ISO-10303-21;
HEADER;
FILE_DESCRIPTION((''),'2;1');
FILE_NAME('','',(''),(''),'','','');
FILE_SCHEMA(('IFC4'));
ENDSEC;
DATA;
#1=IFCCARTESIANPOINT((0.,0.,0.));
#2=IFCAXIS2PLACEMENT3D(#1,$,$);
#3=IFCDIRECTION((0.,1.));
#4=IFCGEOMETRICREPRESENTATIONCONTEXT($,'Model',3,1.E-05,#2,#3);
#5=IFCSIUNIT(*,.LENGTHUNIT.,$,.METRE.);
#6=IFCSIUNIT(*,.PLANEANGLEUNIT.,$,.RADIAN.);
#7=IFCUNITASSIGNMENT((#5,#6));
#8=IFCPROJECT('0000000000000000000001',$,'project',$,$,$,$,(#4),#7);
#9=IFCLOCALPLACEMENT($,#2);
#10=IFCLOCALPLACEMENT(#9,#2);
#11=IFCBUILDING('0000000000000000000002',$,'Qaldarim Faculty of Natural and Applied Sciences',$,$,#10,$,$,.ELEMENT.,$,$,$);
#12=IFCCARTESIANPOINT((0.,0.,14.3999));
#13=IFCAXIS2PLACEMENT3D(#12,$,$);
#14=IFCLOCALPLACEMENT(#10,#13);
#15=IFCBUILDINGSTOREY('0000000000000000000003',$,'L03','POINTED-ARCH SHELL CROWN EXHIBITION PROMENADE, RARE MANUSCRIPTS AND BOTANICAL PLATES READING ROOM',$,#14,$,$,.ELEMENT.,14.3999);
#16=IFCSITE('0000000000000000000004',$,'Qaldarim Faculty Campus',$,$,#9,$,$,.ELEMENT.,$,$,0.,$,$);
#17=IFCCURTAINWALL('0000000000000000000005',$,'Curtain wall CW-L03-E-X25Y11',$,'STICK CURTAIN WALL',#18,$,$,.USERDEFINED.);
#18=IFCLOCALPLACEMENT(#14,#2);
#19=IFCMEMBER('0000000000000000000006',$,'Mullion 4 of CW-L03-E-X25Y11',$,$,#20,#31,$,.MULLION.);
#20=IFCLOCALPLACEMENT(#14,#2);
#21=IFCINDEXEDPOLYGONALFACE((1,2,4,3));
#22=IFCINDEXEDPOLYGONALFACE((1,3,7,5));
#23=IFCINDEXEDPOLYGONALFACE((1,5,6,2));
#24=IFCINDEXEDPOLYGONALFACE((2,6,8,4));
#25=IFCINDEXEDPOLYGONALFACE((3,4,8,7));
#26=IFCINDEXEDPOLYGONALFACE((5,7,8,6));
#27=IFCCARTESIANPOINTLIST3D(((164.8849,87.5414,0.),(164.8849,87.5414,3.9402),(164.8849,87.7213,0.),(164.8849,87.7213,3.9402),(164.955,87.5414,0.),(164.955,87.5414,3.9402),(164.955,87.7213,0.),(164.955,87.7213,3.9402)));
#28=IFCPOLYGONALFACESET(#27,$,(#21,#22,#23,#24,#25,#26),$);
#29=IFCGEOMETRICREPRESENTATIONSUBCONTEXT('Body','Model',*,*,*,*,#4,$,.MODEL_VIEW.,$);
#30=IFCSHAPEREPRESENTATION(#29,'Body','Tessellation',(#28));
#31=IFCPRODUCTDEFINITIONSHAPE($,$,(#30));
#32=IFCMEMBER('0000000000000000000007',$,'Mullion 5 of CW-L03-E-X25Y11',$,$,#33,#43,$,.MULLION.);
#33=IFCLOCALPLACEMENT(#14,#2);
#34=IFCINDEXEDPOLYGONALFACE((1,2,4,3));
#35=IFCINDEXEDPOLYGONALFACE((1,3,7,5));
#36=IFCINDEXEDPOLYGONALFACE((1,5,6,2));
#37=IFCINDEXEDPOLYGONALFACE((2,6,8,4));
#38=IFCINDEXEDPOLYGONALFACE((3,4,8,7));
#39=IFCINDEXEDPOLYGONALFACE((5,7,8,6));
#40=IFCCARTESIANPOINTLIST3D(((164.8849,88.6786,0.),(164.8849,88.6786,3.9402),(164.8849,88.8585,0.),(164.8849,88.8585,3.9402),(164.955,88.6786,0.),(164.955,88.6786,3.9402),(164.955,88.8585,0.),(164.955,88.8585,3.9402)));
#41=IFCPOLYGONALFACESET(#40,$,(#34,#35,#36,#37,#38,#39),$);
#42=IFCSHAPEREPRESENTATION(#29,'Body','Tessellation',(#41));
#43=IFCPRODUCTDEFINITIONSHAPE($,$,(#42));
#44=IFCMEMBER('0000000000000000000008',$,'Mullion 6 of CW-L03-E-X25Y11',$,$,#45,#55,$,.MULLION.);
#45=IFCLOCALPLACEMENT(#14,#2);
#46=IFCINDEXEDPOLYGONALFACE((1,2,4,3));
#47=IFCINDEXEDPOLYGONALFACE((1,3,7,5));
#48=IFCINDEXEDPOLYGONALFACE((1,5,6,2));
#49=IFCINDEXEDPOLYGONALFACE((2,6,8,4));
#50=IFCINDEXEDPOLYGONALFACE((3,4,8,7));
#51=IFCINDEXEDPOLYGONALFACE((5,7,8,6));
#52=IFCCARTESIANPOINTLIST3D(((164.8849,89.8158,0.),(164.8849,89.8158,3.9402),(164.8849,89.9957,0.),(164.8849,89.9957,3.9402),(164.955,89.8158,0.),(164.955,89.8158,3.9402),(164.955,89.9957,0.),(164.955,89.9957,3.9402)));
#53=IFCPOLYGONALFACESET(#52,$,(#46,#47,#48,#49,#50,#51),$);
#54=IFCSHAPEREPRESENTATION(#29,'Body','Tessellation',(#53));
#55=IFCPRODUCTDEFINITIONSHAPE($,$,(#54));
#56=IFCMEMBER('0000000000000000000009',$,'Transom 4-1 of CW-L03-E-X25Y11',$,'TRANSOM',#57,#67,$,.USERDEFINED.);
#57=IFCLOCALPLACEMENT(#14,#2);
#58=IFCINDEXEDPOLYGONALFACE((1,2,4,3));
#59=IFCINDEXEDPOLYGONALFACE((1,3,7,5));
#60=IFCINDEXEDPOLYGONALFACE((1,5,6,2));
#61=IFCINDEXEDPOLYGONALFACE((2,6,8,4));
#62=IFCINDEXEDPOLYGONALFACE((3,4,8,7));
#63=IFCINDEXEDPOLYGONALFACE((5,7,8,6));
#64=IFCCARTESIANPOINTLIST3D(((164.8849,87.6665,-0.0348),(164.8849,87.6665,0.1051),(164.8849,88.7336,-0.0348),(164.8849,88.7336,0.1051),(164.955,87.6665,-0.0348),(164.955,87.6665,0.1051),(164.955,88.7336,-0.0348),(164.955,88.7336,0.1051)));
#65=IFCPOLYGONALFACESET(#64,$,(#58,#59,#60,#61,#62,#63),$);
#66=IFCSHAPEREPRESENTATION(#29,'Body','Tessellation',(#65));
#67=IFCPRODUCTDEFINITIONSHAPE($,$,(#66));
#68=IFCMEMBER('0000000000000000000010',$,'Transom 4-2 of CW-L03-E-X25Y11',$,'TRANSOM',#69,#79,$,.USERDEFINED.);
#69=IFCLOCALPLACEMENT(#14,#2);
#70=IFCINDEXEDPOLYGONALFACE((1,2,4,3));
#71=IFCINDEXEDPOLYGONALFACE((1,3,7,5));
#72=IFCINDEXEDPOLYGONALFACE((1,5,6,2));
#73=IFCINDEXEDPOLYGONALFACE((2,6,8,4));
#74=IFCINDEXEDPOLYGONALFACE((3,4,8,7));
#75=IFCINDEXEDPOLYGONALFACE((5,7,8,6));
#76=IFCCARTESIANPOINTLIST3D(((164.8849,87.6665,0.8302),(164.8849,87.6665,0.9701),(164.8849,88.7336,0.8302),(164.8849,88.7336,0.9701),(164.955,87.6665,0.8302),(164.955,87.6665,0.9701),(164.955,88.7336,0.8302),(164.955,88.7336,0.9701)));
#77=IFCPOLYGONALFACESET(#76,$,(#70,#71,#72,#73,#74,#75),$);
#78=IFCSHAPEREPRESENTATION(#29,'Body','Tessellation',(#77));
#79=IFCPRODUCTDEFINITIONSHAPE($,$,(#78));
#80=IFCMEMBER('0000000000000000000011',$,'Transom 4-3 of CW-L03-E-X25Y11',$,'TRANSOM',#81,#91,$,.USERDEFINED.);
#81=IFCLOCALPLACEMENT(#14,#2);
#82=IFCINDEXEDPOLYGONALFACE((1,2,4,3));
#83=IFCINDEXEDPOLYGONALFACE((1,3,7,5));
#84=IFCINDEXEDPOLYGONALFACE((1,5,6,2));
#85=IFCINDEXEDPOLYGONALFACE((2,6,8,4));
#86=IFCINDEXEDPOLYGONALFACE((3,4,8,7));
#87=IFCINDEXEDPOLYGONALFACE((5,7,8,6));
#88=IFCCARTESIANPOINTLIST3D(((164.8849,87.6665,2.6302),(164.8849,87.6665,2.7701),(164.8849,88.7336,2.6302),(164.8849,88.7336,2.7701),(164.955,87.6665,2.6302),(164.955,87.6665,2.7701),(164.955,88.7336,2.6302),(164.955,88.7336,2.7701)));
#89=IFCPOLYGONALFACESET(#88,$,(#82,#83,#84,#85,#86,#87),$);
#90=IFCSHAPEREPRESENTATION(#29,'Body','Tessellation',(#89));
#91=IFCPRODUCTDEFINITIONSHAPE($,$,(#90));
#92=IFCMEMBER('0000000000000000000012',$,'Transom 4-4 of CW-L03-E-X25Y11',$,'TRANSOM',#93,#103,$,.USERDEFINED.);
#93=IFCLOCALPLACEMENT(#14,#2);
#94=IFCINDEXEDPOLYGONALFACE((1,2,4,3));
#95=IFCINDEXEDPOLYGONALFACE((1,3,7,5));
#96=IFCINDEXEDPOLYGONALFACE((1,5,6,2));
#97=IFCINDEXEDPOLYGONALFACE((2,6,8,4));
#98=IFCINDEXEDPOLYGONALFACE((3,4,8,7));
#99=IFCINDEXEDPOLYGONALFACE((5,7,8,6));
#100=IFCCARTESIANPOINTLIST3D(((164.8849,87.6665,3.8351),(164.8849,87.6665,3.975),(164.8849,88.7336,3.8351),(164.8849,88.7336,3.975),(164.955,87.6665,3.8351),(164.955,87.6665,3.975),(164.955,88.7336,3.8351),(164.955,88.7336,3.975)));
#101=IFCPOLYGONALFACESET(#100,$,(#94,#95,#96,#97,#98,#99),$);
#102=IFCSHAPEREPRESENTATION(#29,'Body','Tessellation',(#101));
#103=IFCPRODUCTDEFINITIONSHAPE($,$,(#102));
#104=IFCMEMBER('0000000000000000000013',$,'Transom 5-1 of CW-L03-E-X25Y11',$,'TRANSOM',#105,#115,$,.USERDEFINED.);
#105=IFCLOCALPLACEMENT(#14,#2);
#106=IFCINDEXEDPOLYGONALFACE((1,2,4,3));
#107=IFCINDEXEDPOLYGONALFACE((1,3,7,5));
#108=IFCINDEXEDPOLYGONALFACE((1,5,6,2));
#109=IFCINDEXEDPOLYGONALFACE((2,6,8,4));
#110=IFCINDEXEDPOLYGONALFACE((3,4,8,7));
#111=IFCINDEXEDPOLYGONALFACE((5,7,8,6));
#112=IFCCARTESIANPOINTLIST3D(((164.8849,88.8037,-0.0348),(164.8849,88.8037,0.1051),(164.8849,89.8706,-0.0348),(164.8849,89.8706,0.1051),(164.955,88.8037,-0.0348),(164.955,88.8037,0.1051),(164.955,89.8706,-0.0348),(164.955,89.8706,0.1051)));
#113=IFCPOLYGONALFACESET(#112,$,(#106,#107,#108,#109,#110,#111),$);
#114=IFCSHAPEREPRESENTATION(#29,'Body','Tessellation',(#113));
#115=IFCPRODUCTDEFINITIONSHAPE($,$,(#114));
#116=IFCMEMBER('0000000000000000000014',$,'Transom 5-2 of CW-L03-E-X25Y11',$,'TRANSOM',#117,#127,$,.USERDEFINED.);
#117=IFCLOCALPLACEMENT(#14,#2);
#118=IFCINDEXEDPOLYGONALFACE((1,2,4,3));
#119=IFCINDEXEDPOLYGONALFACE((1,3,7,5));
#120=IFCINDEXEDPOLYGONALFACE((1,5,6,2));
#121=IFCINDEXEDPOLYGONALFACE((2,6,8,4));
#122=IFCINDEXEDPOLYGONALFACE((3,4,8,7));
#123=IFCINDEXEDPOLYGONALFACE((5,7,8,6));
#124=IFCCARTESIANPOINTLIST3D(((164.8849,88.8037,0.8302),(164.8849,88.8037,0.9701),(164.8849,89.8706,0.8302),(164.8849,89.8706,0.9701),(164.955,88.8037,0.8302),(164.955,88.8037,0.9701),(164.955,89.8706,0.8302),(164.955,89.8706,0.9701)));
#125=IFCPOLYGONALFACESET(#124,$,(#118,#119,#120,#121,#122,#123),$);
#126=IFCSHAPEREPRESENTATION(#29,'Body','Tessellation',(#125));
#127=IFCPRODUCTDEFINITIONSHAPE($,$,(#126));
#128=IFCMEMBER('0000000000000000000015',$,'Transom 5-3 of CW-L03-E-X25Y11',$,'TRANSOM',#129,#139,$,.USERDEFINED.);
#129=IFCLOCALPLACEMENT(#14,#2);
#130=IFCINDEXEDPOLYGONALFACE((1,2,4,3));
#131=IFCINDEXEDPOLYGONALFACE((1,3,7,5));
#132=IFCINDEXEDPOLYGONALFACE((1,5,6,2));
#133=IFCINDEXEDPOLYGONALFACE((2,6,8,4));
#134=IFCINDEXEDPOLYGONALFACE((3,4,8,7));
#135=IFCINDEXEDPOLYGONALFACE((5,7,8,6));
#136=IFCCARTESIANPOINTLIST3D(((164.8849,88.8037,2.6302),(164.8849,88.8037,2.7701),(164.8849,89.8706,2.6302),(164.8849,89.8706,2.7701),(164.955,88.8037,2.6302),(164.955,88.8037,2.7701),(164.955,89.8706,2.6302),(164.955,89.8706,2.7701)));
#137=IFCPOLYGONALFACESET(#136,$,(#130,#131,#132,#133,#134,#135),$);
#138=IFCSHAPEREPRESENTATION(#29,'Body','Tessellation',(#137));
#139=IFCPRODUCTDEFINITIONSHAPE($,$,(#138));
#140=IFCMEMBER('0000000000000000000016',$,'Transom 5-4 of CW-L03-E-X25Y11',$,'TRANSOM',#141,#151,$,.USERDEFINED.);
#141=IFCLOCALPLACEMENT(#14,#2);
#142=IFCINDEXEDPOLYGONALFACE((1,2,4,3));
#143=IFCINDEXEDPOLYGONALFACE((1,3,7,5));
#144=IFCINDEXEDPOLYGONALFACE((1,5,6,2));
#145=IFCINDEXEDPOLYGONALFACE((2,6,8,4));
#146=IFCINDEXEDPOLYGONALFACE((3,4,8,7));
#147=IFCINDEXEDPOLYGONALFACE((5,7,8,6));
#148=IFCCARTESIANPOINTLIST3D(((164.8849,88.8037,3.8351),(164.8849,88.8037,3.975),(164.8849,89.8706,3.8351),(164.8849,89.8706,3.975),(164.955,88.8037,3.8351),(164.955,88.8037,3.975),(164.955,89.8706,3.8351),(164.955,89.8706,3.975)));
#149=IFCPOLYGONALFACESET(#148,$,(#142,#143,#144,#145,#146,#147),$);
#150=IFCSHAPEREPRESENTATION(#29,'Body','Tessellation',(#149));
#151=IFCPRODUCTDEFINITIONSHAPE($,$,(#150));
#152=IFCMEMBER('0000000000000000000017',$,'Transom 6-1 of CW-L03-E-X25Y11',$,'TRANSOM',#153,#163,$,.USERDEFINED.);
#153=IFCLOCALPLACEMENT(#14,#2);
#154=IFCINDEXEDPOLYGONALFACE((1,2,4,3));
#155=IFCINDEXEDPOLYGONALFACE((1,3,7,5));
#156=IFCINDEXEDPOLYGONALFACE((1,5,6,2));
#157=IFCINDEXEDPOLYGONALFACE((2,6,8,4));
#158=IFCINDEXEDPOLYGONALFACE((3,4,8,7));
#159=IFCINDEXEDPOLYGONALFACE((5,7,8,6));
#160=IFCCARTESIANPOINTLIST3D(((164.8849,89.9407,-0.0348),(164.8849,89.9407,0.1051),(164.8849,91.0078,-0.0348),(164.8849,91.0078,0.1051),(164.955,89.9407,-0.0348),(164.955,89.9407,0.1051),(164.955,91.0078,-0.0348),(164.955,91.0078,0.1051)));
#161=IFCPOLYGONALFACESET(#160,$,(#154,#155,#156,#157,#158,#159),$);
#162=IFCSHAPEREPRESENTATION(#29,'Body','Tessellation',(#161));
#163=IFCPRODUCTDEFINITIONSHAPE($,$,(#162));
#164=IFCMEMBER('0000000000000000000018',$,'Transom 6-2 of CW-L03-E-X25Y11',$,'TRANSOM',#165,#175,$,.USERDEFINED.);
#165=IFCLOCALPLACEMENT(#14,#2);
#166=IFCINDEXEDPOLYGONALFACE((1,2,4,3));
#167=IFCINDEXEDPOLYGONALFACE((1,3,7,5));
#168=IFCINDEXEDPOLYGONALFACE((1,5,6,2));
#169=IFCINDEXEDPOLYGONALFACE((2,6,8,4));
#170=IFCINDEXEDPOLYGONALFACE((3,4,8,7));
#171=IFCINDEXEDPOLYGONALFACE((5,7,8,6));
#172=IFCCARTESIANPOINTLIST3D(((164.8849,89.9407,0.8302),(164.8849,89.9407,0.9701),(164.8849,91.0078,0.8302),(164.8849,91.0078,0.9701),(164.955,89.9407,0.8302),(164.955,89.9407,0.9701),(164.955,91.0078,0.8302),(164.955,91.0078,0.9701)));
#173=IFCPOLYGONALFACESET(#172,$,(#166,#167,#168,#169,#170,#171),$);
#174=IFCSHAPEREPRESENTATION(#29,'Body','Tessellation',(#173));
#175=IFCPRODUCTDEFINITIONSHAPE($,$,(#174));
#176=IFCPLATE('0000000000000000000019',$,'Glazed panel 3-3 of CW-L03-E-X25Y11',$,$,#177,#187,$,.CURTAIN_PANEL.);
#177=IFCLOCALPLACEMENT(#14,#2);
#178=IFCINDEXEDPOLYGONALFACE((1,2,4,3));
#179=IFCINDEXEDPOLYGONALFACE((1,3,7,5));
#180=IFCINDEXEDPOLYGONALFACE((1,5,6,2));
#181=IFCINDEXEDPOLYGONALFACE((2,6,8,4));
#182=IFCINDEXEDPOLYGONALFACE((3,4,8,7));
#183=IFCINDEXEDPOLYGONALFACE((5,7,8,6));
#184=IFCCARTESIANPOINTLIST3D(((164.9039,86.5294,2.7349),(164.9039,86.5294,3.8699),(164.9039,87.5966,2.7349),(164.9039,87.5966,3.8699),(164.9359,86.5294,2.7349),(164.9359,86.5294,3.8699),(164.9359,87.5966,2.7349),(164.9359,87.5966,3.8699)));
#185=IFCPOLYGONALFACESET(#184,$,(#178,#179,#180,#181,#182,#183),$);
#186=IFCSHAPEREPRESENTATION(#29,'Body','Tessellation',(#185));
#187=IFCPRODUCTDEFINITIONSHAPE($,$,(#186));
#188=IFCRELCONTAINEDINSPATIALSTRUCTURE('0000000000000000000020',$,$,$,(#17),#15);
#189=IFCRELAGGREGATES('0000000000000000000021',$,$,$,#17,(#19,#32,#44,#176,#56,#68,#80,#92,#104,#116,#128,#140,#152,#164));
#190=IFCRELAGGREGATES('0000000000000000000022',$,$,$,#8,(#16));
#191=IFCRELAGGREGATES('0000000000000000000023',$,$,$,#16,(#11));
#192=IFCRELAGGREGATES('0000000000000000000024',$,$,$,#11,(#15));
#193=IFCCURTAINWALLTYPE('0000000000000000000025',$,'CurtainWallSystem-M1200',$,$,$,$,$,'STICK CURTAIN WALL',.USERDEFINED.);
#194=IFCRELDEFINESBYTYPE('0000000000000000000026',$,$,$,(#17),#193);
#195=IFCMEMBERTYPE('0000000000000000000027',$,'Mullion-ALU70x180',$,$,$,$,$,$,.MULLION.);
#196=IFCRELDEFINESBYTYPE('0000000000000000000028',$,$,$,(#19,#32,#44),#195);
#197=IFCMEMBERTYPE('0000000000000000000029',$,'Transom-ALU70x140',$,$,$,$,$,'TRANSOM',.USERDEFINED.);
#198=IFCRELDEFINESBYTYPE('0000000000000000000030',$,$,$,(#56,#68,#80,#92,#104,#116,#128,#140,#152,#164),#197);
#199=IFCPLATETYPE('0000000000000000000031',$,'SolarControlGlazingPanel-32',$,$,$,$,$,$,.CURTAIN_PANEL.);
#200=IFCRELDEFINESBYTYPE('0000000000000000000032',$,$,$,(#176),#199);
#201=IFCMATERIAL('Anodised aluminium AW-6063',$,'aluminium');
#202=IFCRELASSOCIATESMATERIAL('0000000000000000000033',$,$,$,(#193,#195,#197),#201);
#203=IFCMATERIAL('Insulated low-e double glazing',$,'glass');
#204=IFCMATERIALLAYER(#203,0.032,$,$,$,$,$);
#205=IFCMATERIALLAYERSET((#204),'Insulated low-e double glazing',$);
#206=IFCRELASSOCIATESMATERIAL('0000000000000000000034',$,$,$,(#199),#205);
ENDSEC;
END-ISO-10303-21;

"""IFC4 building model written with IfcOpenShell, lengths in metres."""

from ifc_helpers import new_model, si_unit, direction, frame, origin, origin_2d, place, context, subcontext, project, spatial, rectangle, extrude, material, layer, layer_set, material_profile, profile_set, type_object, element, aggregate, save


model = new_model("IFC4")

# Units and contexts
model_context = context("Model", 3, precision=1e-05, world=origin(), true_north=direction((0.0, 1.0)))
body_context = subcontext(model_context, "Body", "Model", "MODEL_VIEW")
ifc_project = project(units=[si_unit("LENGTHUNIT", "METRE"), si_unit("PLANEANGLEUNIT", "RADIAN")], contexts=[model_context])

# Site, building, storey
site_placement = place(None, origin())
site = spatial("IfcSite", under=ifc_project, at=site_placement, Name="Qaldarim Faculty Campus", CompositionType="ELEMENT", RefElevation=0.0)
building_placement = place(site_placement, origin())
building = spatial("IfcBuilding", under=site, at=building_placement, Name="Qaldarim Faculty of Natural and Applied Sciences", CompositionType="ELEMENT")
storey_placement = place(building_placement, frame((0.0, 0.0, 14.3999)))
storey = spatial("IfcBuildingStorey", under=building, at=storey_placement, Name="L03", Description="POINTED-ARCH SHELL CROWN EXHIBITION PROMENADE, RARE MANUSCRIPTS AND BOTANICAL PLATES READING ROOM", CompositionType="ELEMENT", Elevation=14.3999)

# Curtain wall, members, plate
ifc_material_1 = material(Name="Anodised aluminium AW-6063", Category="aluminium")
curtain_wall_type = type_object("IfcCurtainWallType", Name="CurtainWallSystem-M1200", ElementType="STICK CURTAIN WALL", PredefinedType="USERDEFINED", material=ifc_material_1)
curtain_wall_placement = place(storey_placement, origin())
curtain_wall = element("IfcCurtainWall", 1, at=curtain_wall_placement, inside=storey, type_object=curtain_wall_type, Name="Curtain wall CW-L03-E-X25Y11", ObjectType="STICK CURTAIN WALL", PredefinedType="USERDEFINED")
ifc_material_profile_1 = material_profile(ifc_material_1, rectangle(XDim=0.0701, YDim=0.1799, at=origin_2d()), Name="ALU-M70x180")
ifc_profile_set_1 = profile_set([ifc_material_profile_1], Name="Anodised aluminium AW-6063")
member_type_1 = type_object("IfcMemberType", Name="Mullion-ALU70x180", PredefinedType="MULLION", material=ifc_profile_set_1)
member_1_placement = place(storey_placement, frame((164.9199, 87.6313, 0.0), z_axis=(0.0, 0.0, 1.0), x_axis=(-1.0, 0.0, 0.0)))
member_1 = element("IfcMember", 2, at=member_1_placement, type_object=member_type_1, Name="Mullion 4 of CW-L03-E-X25Y11", PredefinedType="MULLION", context=body_context, shape_type="SweptSolid", body=[
    extrude(rectangle(XDim=0.0701, YDim=0.1799, at=origin_2d()), origin(), (0.0, 0.0, 1.0), 3.9402),
])
member_2_placement = place(storey_placement, frame((164.9199, 88.7686, 0.0), z_axis=(0.0, 0.0, 1.0), x_axis=(-1.0, 0.0, 0.0)))
member_2 = element("IfcMember", 3, at=member_2_placement, type_object=member_type_1, Name="Mullion 5 of CW-L03-E-X25Y11", PredefinedType="MULLION", context=body_context, shape_type="SweptSolid", body=[
    extrude(rectangle(XDim=0.0701, YDim=0.1799, at=origin_2d()), origin(), (0.0, 0.0, 1.0), 3.9402),
])
member_3_placement = place(storey_placement, frame((164.9199, 89.9058, 0.0), z_axis=(0.0, 0.0, 1.0), x_axis=(-1.0, 0.0, 0.0)))
member_3 = element("IfcMember", 4, at=member_3_placement, type_object=member_type_1, Name="Mullion 6 of CW-L03-E-X25Y11", PredefinedType="MULLION", context=body_context, shape_type="SweptSolid", body=[
    extrude(rectangle(XDim=0.0701, YDim=0.1799, at=origin_2d()), origin(), (0.0, 0.0, 1.0), 3.9402),
])
ifc_material_profile_2 = material_profile(ifc_material_1, rectangle(XDim=0.0701, YDim=0.1399, at=origin_2d()), Name="ALU-T70x140")
ifc_profile_set_2 = profile_set([ifc_material_profile_2], Name="Anodised aluminium AW-6063")
member_type_2 = type_object("IfcMemberType", Name="Transom-ALU70x140", ElementType="TRANSOM", PredefinedType="USERDEFINED", material=ifc_profile_set_2)
member_4_placement = place(storey_placement, frame((164.9199, 87.6665, 0.0352), z_axis=(0.0, 1.0, 0.0), x_axis=(-1.0, 0.0, 0.0)))
member_4 = element("IfcMember", 5, at=member_4_placement, type_object=member_type_2, Name="Transom 4-1 of CW-L03-E-X25Y11", ObjectType="TRANSOM", PredefinedType="USERDEFINED", context=body_context, shape_type="SweptSolid", body=[
    extrude(rectangle(XDim=0.0701, YDim=0.1399, at=origin_2d()), origin(), (0.0, 0.0, 1.0), 1.0671),
])
member_5_placement = place(storey_placement, frame((164.9199, 87.6665, 0.9001), z_axis=(0.0, 1.0, 0.0), x_axis=(-1.0, 0.0, 0.0)))
member_5 = element("IfcMember", 6, at=member_5_placement, type_object=member_type_2, Name="Transom 4-2 of CW-L03-E-X25Y11", ObjectType="TRANSOM", PredefinedType="USERDEFINED", context=body_context, shape_type="SweptSolid", body=[
    extrude(rectangle(XDim=0.0701, YDim=0.1399, at=origin_2d()), origin(), (0.0, 0.0, 1.0), 1.0671),
])
member_6_placement = place(storey_placement, frame((164.9199, 87.6665, 2.7002), z_axis=(0.0, 1.0, 0.0), x_axis=(-1.0, 0.0, 0.0)))
member_6 = element("IfcMember", 7, at=member_6_placement, type_object=member_type_2, Name="Transom 4-3 of CW-L03-E-X25Y11", ObjectType="TRANSOM", PredefinedType="USERDEFINED", context=body_context, shape_type="SweptSolid", body=[
    extrude(rectangle(XDim=0.0701, YDim=0.1399, at=origin_2d()), origin(), (0.0, 0.0, 1.0), 1.0671),
])
member_7_placement = place(storey_placement, frame((164.9199, 87.6665, 3.905), z_axis=(0.0, 1.0, 0.0), x_axis=(-1.0, 0.0, 0.0)))
member_7 = element("IfcMember", 8, at=member_7_placement, type_object=member_type_2, Name="Transom 4-4 of CW-L03-E-X25Y11", ObjectType="TRANSOM", PredefinedType="USERDEFINED", context=body_context, shape_type="SweptSolid", body=[
    extrude(rectangle(XDim=0.0701, YDim=0.1399, at=origin_2d()), origin(), (0.0, 0.0, 1.0), 1.0671),
])
member_8_placement = place(storey_placement, frame((164.9199, 88.8037, 0.0352), z_axis=(0.0, 1.0, 0.0), x_axis=(-1.0, 0.0, 0.0)))
member_8 = element("IfcMember", 9, at=member_8_placement, type_object=member_type_2, Name="Transom 5-1 of CW-L03-E-X25Y11", ObjectType="TRANSOM", PredefinedType="USERDEFINED", context=body_context, shape_type="SweptSolid", body=[
    extrude(rectangle(XDim=0.0701, YDim=0.1399, at=origin_2d()), origin(), (0.0, 0.0, 1.0), 1.0669),
])
member_9_placement = place(storey_placement, frame((164.9199, 88.8037, 0.9001), z_axis=(0.0, 1.0, 0.0), x_axis=(-1.0, 0.0, 0.0)))
member_9 = element("IfcMember", 10, at=member_9_placement, type_object=member_type_2, Name="Transom 5-2 of CW-L03-E-X25Y11", ObjectType="TRANSOM", PredefinedType="USERDEFINED", context=body_context, shape_type="SweptSolid", body=[
    extrude(rectangle(XDim=0.0701, YDim=0.1399, at=origin_2d()), origin(), (0.0, 0.0, 1.0), 1.0669),
])
member_10_placement = place(storey_placement, frame((164.9199, 88.8037, 2.7002), z_axis=(0.0, 1.0, 0.0), x_axis=(-1.0, 0.0, 0.0)))
member_10 = element("IfcMember", 11, at=member_10_placement, type_object=member_type_2, Name="Transom 5-3 of CW-L03-E-X25Y11", ObjectType="TRANSOM", PredefinedType="USERDEFINED", context=body_context, shape_type="SweptSolid", body=[
    extrude(rectangle(XDim=0.0701, YDim=0.1399, at=origin_2d()), origin(), (0.0, 0.0, 1.0), 1.0669),
])
member_11_placement = place(storey_placement, frame((164.9199, 88.8037, 3.905), z_axis=(0.0, 1.0, 0.0), x_axis=(-1.0, 0.0, 0.0)))
member_11 = element("IfcMember", 12, at=member_11_placement, type_object=member_type_2, Name="Transom 5-4 of CW-L03-E-X25Y11", ObjectType="TRANSOM", PredefinedType="USERDEFINED", context=body_context, shape_type="SweptSolid", body=[
    extrude(rectangle(XDim=0.0701, YDim=0.1399, at=origin_2d()), origin(), (0.0, 0.0, 1.0), 1.0669),
])
member_12_placement = place(storey_placement, frame((164.9199, 89.9407, 0.0352), z_axis=(0.0, 1.0, 0.0), x_axis=(-1.0, 0.0, 0.0)))
member_12 = element("IfcMember", 13, at=member_12_placement, type_object=member_type_2, Name="Transom 6-1 of CW-L03-E-X25Y11", ObjectType="TRANSOM", PredefinedType="USERDEFINED", context=body_context, shape_type="SweptSolid", body=[
    extrude(rectangle(XDim=0.0701, YDim=0.1399, at=origin_2d()), origin(), (0.0, 0.0, 1.0), 1.0671),
])
member_13_placement = place(storey_placement, frame((164.9199, 89.9407, 0.9001), z_axis=(0.0, 1.0, 0.0), x_axis=(-1.0, 0.0, 0.0)))
member_13 = element("IfcMember", 14, at=member_13_placement, type_object=member_type_2, Name="Transom 6-2 of CW-L03-E-X25Y11", ObjectType="TRANSOM", PredefinedType="USERDEFINED", context=body_context, shape_type="SweptSolid", body=[
    extrude(rectangle(XDim=0.0701, YDim=0.1399, at=origin_2d()), origin(), (0.0, 0.0, 1.0), 1.0671),
])
ifc_material_2 = material(Name="Insulated low-e double glazing", Category="glass")
ifc_layer_1 = layer(ifc_material_2, 0.032)
ifc_layer_set_1 = layer_set([ifc_layer_1], Name="Insulated low-e double glazing")
plate_type = type_object("IfcPlateType", Name="SolarControlGlazingPanel-32", PredefinedType="CURTAIN_PANEL", material=ifc_layer_set_1)
plate_1_placement = place(storey_placement, frame((164.9199, 87.063, 2.7349), z_axis=(0.0, 0.0, 1.0), x_axis=(0.0, 1.0, 0.0)))
plate_1 = element("IfcPlate", 15, at=plate_1_placement, type_object=plate_type, Name="Glazed panel 3-3 of CW-L03-E-X25Y11", PredefinedType="CURTAIN_PANEL", context=body_context, shape_type="SweptSolid", body=[
    extrude(rectangle(XDim=1.0671, YDim=0.032, at=origin_2d()), origin(), (0.0, 0.0, 1.0), 1.135),
])
aggregate(curtain_wall, [member_1, member_2, member_3, plate_1, member_4, member_5, member_6, member_7, member_8, member_9, member_10, member_11, member_12, member_13])

save(model, "model.ifc")
